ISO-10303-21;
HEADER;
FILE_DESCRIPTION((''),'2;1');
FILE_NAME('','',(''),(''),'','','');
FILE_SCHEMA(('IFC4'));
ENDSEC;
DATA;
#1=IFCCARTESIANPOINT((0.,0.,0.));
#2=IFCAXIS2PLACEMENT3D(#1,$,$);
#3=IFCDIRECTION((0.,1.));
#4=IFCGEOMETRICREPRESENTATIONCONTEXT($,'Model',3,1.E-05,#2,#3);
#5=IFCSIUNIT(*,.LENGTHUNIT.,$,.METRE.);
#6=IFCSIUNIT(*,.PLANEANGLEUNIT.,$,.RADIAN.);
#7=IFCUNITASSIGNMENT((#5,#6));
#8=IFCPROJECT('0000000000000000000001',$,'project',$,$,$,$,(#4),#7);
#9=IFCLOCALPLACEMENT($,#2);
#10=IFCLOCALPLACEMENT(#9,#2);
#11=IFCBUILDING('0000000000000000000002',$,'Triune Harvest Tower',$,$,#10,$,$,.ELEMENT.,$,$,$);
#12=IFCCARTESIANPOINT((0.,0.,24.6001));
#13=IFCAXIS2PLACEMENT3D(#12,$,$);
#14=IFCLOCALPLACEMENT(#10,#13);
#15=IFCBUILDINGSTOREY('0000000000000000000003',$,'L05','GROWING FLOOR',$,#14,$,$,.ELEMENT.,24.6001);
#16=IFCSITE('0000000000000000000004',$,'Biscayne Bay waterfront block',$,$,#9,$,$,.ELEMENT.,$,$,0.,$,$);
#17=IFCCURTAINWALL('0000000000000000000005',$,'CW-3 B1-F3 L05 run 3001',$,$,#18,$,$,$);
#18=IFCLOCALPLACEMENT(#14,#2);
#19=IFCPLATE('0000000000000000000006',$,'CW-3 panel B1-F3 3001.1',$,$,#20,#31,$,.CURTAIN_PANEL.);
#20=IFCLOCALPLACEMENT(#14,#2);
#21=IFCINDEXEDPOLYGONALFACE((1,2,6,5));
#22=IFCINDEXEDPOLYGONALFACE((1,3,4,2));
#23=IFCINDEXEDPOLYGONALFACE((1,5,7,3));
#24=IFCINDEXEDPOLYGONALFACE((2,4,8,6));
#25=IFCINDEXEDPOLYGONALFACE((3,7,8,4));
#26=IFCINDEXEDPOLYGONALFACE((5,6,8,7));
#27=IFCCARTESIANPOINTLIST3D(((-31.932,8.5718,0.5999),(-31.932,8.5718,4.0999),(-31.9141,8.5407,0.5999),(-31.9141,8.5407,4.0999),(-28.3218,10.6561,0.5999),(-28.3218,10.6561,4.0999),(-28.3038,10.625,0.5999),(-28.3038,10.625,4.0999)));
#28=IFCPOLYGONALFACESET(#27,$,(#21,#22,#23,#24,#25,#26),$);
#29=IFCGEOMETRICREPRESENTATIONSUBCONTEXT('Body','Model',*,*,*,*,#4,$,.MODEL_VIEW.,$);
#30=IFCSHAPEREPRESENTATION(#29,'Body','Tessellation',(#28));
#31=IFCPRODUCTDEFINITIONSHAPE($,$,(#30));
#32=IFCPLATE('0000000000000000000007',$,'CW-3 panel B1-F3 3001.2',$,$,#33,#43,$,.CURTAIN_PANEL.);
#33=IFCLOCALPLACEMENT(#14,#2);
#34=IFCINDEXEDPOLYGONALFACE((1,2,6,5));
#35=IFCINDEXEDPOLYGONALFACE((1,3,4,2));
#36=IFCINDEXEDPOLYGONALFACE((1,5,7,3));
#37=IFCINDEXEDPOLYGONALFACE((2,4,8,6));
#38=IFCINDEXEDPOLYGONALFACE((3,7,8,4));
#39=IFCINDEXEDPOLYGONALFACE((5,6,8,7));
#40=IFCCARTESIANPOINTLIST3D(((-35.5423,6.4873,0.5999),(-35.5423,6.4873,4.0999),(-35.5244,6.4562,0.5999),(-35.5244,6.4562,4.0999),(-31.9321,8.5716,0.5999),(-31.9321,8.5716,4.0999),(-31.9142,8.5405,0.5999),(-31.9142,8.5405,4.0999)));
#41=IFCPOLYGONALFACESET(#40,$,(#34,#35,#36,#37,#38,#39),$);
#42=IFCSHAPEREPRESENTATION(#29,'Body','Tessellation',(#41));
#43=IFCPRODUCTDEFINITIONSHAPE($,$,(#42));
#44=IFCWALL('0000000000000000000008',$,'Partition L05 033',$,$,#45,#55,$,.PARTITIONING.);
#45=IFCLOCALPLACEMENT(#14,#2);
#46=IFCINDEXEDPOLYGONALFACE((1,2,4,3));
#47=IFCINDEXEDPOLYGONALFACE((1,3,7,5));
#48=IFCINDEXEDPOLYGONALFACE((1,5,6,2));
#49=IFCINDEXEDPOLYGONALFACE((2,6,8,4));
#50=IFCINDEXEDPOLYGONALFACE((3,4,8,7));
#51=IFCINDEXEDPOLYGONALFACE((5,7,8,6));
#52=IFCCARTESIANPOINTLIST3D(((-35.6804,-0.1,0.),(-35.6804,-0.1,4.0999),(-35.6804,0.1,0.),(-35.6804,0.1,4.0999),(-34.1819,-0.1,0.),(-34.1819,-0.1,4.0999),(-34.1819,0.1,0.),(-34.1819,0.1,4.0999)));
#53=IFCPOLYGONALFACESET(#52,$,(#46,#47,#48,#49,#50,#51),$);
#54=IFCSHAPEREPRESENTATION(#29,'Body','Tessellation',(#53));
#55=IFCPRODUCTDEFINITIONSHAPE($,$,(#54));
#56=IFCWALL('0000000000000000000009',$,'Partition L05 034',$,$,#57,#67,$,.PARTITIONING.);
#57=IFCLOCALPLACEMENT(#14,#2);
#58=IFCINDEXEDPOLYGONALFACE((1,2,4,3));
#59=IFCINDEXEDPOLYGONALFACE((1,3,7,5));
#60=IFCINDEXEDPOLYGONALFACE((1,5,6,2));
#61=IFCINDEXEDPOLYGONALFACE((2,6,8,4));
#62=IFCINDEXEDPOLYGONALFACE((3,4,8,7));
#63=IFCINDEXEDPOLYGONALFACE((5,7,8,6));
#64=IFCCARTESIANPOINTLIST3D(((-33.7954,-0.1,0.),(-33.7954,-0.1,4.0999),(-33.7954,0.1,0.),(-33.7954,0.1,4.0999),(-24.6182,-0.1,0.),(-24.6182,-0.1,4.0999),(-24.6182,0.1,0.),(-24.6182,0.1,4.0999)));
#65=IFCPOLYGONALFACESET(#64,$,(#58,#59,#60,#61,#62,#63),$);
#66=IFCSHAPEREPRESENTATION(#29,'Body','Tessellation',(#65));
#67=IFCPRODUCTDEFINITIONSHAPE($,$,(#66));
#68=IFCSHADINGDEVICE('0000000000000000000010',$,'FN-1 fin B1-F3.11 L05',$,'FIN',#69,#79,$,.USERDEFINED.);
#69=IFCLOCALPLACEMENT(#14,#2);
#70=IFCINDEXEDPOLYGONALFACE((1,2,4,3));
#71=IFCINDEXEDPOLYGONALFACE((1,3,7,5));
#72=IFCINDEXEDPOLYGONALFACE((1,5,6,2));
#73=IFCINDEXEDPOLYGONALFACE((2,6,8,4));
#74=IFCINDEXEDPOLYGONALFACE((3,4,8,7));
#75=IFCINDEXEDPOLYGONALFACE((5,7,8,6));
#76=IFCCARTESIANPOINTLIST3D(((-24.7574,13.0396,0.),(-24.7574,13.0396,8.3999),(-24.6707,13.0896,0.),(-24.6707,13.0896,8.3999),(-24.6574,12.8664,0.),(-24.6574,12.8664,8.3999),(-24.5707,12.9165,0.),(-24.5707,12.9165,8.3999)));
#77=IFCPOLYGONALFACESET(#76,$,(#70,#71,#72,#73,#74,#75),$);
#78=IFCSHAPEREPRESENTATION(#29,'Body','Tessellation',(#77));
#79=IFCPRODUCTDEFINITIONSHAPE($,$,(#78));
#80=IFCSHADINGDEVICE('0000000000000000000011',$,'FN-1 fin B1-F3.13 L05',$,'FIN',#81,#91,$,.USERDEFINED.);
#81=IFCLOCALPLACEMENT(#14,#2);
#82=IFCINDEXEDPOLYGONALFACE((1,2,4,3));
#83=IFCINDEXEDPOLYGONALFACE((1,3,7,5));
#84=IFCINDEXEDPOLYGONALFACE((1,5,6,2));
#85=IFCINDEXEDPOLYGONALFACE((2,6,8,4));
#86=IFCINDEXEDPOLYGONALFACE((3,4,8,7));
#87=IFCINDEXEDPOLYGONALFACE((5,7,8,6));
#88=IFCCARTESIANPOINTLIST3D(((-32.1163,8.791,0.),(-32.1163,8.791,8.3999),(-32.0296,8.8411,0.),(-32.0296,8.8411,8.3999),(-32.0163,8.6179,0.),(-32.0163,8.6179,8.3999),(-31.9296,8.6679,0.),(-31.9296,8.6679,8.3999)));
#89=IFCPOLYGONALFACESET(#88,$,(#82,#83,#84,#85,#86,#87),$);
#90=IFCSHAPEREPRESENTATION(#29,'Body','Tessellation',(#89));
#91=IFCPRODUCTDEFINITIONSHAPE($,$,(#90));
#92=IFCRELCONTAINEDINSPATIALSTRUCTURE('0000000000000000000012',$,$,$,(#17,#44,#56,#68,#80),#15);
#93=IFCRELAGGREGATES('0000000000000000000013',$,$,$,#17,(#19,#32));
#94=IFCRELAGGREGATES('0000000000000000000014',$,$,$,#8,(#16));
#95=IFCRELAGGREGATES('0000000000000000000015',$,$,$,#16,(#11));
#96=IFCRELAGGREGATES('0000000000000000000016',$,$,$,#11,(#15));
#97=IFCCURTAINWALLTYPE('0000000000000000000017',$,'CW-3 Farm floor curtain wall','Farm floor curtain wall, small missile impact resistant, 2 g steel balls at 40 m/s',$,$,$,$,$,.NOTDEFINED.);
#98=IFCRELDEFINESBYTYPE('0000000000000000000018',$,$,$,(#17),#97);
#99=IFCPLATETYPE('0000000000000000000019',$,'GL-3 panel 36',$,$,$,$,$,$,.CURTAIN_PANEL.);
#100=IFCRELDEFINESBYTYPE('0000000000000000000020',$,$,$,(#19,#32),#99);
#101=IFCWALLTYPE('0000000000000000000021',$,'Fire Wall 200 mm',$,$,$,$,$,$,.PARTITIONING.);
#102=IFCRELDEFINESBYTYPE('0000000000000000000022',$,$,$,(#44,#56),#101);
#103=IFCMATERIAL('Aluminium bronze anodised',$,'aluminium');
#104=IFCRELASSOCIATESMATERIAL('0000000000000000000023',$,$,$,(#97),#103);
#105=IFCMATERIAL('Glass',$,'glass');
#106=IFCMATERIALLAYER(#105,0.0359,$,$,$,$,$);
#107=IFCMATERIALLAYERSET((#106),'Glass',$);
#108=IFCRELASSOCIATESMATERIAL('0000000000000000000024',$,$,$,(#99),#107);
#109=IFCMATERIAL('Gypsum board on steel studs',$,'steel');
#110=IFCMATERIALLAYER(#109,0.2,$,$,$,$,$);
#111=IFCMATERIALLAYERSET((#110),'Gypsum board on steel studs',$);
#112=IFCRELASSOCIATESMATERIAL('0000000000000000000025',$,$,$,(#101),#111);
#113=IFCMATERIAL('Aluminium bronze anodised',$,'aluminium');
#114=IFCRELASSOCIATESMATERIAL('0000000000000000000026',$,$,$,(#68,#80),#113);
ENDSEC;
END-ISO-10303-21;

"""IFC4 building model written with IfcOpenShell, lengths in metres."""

from ifc_helpers import new_model, si_unit, direction, frame, frame_2d, origin, origin_2d, place, context, subcontext, project, spatial, rectangle, extrude, source, transform, mapped, material, layer, layer_set, type_object, element, aggregate, save


model = new_model("IFC4")

# Units and contexts
model_context = context("Model", 3, precision=1e-05, world=origin(), true_north=direction((0.0, 1.0)))
body_context = subcontext(model_context, "Body", "Model", "MODEL_VIEW")
ifc_project = project(units=[si_unit("LENGTHUNIT", "METRE"), si_unit("PLANEANGLEUNIT", "RADIAN")], contexts=[model_context])

# Site, building, storey
site_placement = place(None, origin())
site = spatial("IfcSite", under=ifc_project, at=site_placement, Name="Biscayne Bay waterfront block", CompositionType="ELEMENT", RefElevation=0.0)
building_placement = place(site_placement, origin())
building = spatial("IfcBuilding", under=site, at=building_placement, Name="Triune Harvest Tower", CompositionType="ELEMENT")
storey_placement = place(building_placement, frame((0.0, 0.0, 24.6001)))
storey = spatial("IfcBuildingStorey", under=building, at=storey_placement, Name="L05", Description="GROWING FLOOR", CompositionType="ELEMENT", Elevation=24.6001)

# Shared definitions
ifc_material_1 = material(Name="Aluminium bronze anodised", Category="aluminium")
curtain_wall_type_1 = type_object("IfcCurtainWallType", Name="CW-3 Farm floor curtain wall", Description="Farm floor curtain wall, small missile impact resistant, 2 g steel balls at 40 m/s", PredefinedType="NOTDEFINED", material=ifc_material_1)

# Curtain wall
curtain_wall_1_placement = place(storey_placement, origin())
curtain_wall_1 = element("IfcCurtainWall", 1, at=curtain_wall_1_placement, inside=storey, type_object=curtain_wall_type_1, Name="CW-3 B1-F3 L05 run 3001")

# Plates
ifc_material_2 = material(Name="Glass", Category="glass")
ifc_layer_1 = layer(ifc_material_2, 0.0359)
ifc_layer_set_1 = layer_set([ifc_layer_1], Name="Glass")
plate_type_1 = type_object("IfcPlateType", Name="GL-3 panel 36", PredefinedType="CURTAIN_PANEL", material=ifc_layer_set_1)
shared_shape_1 = source(origin(), body_context, "Body", "SweptSolid", [
    extrude(rectangle(XDim=4.1687, YDim=0.0359, at=origin_2d()), origin(), (0.0, 0.0, 1.0), 3.5),
])
plate_1_placement = place(storey_placement, frame((-30.1179, 9.5984, 0.5999), z_axis=(0.0, 0.0, 1.0), x_axis=(-0.866028, -0.499995, 0.0)))
plate_1 = element("IfcPlate", 2, at=plate_1_placement, type_object=plate_type_1, Name="CW-3 panel B1-F3 3001.1", PredefinedType="CURTAIN_PANEL", context=body_context, shape_type="MappedRepresentation", body=[
    mapped(shared_shape_1, transform((0.0, 0.0, 0.0), scale=1.0)),
])
plate_2_placement = place(storey_placement, frame((-33.7283, 7.5139, 0.5999), z_axis=(0.0, 0.0, 1.0), x_axis=(-0.866028, -0.499995, 0.0)))
plate_2 = element("IfcPlate", 3, at=plate_2_placement, type_object=plate_type_1, Name="CW-3 panel B1-F3 3001.2", PredefinedType="CURTAIN_PANEL", context=body_context, shape_type="MappedRepresentation", body=[
    mapped(shared_shape_1, transform((0.0, 0.0, 0.0), scale=1.0)),
])
aggregate(curtain_wall_1, [plate_1, plate_2])

# Walls
ifc_material_3 = material(Name="Gypsum board on steel studs", Category="steel")
ifc_layer_2 = layer(ifc_material_3, 0.2)
ifc_layer_set_2 = layer_set([ifc_layer_2], Name="Gypsum board on steel studs")
wall_type = type_object("IfcWallType", Name="Fire Wall 200 mm", PredefinedType="PARTITIONING", material=ifc_layer_set_2)
shared_shape_2 = source(origin(), body_context, "Body", "SweptSolid", [
    extrude(rectangle(XDim=1.4985, YDim=0.2, at=frame_2d((0.7493, 0.0))), origin(), (0.0, 0.0, 1.0), 4.0999),
])
wall_1_placement = place(storey_placement, frame((-35.6804, 0.0, 0.0), z_axis=(0.0, 0.0, 1.0), x_axis=(1.0, 0.0, 0.0)))
element("IfcWall", 4, at=wall_1_placement, inside=storey, type_object=wall_type, Name="Partition L05 033", PredefinedType="PARTITIONING", context=body_context, shape_type="MappedRepresentation", body=[
    mapped(shared_shape_2, transform((0.0, 0.0, 0.0), scale=1.0)),
])
shared_shape_3 = source(origin(), body_context, "Body", "SweptSolid", [
    extrude(rectangle(XDim=9.1772, YDim=0.2, at=frame_2d((4.5886, 0.0))), origin(), (0.0, 0.0, 1.0), 4.0999),
])
wall_2_placement = place(storey_placement, frame((-33.7954, 0.0, 0.0), z_axis=(0.0, 0.0, 1.0), x_axis=(1.0, 0.0, 0.0)))
element("IfcWall", 5, at=wall_2_placement, inside=storey, type_object=wall_type, Name="Partition L05 034", PredefinedType="PARTITIONING", context=body_context, shape_type="MappedRepresentation", body=[
    mapped(shared_shape_3, transform((0.0, 0.0, 0.0), scale=1.0)),
])

# Shading devices
ifc_material_4 = material(Name="Aluminium bronze anodised", Category="aluminium")
shared_shape_4 = source(origin(), body_context, "Body", "SweptSolid", [
    extrude(rectangle(XDim=0.1001, YDim=0.2, at=origin_2d()), origin(), (0.0, 0.0, 1.0), 8.3999),
])
for number, where, z_axis, x_axis, name in (
    (6, (-24.6641, 12.978, 0.0), (0.0, 0.0, 1.0), (-0.866025, -0.5, 0.0), "FN-1 fin B1-F3.11 L05"),
    (7, (-32.0229, 8.7295, 0.0), (0.0, 0.0, 1.0), (-0.866025, -0.5, 0.0), "FN-1 fin B1-F3.13 L05"),
):
    element("IfcShadingDevice", number, at=place(storey_placement, frame(where, z_axis=z_axis, x_axis=x_axis)), inside=storey, material=ifc_material_4, Name=name, ObjectType="FIN", PredefinedType="USERDEFINED", context=body_context, shape_type="MappedRepresentation", body=[
        mapped(shared_shape_4, transform((0.0, 0.0, 0.0), scale=1.0)),
    ])

save(model, "model.ifc")
